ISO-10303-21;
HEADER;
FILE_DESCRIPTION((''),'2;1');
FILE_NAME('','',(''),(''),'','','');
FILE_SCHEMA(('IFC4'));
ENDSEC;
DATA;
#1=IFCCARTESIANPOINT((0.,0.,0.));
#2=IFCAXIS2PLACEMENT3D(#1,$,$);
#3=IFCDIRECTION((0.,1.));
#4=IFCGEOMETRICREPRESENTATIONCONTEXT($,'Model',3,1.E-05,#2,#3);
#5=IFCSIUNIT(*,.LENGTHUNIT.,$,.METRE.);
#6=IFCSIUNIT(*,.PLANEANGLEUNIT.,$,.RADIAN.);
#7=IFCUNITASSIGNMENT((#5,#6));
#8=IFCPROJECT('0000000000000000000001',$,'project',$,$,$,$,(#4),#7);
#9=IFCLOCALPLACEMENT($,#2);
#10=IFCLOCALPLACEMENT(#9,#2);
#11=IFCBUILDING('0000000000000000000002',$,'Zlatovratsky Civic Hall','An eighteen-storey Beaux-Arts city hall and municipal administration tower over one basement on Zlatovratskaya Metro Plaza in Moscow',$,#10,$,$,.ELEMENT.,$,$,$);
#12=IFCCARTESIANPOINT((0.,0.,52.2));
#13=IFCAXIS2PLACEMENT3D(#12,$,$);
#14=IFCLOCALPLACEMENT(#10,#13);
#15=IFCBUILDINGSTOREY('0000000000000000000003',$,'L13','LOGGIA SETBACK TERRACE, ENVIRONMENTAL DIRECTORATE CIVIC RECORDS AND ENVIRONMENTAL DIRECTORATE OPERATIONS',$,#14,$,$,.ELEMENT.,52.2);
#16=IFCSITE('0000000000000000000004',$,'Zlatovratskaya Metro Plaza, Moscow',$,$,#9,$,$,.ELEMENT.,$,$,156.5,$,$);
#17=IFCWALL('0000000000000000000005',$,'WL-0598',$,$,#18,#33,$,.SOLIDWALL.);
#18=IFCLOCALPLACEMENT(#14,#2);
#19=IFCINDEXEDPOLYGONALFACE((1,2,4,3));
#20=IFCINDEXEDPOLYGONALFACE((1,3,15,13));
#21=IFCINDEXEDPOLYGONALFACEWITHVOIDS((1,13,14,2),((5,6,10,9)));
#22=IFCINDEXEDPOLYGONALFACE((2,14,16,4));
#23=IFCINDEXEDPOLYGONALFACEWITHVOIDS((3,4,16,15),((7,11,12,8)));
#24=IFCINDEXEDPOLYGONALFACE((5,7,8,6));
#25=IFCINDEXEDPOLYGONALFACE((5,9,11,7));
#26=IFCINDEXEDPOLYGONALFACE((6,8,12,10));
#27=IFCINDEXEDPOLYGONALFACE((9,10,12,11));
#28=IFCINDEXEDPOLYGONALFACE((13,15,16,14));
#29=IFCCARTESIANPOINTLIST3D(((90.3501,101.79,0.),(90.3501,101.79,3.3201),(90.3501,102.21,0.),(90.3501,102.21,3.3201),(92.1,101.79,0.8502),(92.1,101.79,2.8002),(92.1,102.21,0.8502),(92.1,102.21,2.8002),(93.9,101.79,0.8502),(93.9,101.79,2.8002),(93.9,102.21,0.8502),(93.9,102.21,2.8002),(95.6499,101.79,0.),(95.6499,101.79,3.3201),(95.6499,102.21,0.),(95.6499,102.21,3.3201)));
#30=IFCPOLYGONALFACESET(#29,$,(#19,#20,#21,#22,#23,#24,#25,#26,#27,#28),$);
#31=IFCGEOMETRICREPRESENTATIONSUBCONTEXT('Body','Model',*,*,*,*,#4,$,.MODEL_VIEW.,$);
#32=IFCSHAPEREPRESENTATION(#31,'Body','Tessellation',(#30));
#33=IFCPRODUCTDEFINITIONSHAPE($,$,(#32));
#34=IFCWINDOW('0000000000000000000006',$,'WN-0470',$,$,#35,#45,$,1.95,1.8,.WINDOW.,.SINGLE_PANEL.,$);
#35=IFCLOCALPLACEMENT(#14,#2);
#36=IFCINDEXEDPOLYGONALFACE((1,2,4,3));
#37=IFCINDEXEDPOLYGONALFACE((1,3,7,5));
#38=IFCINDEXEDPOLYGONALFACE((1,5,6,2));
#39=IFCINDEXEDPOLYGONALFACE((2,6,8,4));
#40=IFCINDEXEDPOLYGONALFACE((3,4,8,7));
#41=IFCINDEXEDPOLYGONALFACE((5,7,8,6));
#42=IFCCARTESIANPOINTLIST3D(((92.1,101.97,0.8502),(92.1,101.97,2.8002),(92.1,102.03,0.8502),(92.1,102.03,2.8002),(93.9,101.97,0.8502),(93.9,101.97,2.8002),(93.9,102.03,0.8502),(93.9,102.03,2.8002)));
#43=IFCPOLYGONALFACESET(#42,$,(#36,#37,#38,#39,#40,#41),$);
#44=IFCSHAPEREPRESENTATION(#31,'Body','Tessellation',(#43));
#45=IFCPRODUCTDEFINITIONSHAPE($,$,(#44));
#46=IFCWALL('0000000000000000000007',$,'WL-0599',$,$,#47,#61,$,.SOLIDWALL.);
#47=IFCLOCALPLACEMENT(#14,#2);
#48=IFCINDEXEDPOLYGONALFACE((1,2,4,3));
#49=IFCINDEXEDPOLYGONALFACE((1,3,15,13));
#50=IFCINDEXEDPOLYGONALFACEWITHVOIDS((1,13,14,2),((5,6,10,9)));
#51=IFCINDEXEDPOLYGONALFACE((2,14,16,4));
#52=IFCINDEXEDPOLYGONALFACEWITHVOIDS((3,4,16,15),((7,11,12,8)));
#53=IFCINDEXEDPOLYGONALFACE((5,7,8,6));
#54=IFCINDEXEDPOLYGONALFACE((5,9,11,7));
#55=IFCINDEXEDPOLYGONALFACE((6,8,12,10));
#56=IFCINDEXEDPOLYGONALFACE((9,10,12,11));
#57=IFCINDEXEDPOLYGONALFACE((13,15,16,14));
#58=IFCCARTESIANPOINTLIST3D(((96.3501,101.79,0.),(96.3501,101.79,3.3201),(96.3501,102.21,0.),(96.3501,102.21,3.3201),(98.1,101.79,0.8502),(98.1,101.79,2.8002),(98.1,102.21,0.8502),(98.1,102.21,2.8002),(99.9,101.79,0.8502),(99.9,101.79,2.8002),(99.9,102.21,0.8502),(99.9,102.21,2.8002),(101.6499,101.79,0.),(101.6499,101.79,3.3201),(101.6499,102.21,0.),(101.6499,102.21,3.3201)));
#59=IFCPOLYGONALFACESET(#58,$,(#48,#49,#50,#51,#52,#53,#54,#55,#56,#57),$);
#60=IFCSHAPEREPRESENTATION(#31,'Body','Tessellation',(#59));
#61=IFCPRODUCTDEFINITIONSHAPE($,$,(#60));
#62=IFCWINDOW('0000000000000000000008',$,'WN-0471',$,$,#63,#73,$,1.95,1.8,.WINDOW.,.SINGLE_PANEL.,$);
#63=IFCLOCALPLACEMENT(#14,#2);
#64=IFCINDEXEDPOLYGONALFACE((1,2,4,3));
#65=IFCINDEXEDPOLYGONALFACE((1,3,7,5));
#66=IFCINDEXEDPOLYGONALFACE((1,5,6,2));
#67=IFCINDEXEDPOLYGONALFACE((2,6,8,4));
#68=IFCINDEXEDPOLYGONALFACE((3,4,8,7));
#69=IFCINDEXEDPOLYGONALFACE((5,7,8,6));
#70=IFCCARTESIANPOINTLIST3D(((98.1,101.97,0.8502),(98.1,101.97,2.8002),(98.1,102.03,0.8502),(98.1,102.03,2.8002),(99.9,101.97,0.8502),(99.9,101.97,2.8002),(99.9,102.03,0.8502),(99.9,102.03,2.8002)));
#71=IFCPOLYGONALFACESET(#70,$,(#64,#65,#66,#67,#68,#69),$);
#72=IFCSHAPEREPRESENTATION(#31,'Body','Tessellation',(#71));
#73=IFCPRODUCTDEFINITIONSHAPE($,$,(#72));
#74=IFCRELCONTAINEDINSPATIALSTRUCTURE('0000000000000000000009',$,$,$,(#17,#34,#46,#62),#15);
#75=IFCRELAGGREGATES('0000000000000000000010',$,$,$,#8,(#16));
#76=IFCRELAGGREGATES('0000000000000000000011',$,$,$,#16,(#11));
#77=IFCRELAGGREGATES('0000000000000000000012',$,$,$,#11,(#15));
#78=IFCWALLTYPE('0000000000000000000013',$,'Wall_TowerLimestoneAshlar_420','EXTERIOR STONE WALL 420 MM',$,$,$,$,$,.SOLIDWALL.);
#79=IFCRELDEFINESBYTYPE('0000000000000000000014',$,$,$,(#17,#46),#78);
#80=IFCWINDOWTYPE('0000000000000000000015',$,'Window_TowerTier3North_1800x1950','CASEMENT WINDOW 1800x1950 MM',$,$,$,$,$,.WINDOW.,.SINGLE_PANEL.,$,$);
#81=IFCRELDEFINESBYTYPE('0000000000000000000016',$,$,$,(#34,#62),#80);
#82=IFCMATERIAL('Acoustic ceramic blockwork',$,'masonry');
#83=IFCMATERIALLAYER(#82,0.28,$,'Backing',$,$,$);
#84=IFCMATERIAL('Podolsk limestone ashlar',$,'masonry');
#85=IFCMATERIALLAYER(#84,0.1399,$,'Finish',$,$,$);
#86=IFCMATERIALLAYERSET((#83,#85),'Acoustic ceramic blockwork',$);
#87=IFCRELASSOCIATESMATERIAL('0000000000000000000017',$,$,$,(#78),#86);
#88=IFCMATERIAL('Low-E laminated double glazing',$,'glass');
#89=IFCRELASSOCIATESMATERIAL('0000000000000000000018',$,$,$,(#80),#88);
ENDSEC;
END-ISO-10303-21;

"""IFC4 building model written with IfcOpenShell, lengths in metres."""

from ifc_helpers import new_model, si_unit, direction, frame, frame_2d, origin, place, context, subcontext, project, spatial, rectangle, extrude, material, layer, layer_set, type_object, element, fill, save


model = new_model("IFC4")

# Units and contexts
model_context = context("Model", 3, precision=1e-05, world=origin(), true_north=direction((0.0, 1.0)))
body_context = subcontext(model_context, "Body", "Model", "MODEL_VIEW")
ifc_project = project(units=[si_unit("LENGTHUNIT", "METRE"), si_unit("PLANEANGLEUNIT", "RADIAN")], contexts=[model_context])

# Site, building, storey
site_placement = place(None, origin())
site = spatial("IfcSite", under=ifc_project, at=site_placement, Name="Zlatovratskaya Metro Plaza, Moscow", CompositionType="ELEMENT", RefElevation=156.5)
building_placement = place(site_placement, origin())
building = spatial("IfcBuilding", under=site, at=building_placement, Name="Zlatovratsky Civic Hall", Description="An eighteen-storey Beaux-Arts city hall and municipal administration tower over one basement on Zlatovratskaya Metro Plaza in Moscow", CompositionType="ELEMENT")
storey_placement = place(building_placement, frame((0.0, 0.0, 52.2)))
storey = spatial("IfcBuildingStorey", under=building, at=storey_placement, Name="L13", Description="LOGGIA SETBACK TERRACE, ENVIRONMENTAL DIRECTORATE CIVIC RECORDS AND ENVIRONMENTAL DIRECTORATE OPERATIONS", CompositionType="ELEMENT", Elevation=52.2)

# Shared definitions
ifc_material_1 = material(Name="Acoustic ceramic blockwork", Category="masonry")

# Walls, openings, windows
ifc_layer_1 = layer(ifc_material_1, 0.28, Name="Backing")
ifc_material_2 = material(Name="Podolsk limestone ashlar", Category="masonry")
ifc_layer_2 = layer(ifc_material_2, 0.1399, Name="Finish")
ifc_layer_set_1 = layer_set([ifc_layer_1, ifc_layer_2], Name="Acoustic ceramic blockwork")
wall_type_1 = type_object("IfcWallType", Name="Wall_TowerLimestoneAshlar_420", Description="EXTERIOR STONE WALL 420 MM", PredefinedType="SOLIDWALL", material=ifc_layer_set_1)
wall_1_placement = place(storey_placement, frame((90.3501, 102.0, 0.0), z_axis=(0.0, 0.0, 1.0), x_axis=(1.0, 0.0, 0.0)))
wall_1 = element("IfcWall", 1, at=wall_1_placement, inside=storey, type_object=wall_type_1, Name="WL-0598", PredefinedType="SOLIDWALL", context=body_context, shape_type="SweptSolid", body=[
    extrude(rectangle(XDim=5.2998, YDim=0.4199, at=frame_2d((2.6499, 0.0))), origin(), (0.0, 0.0, 1.0), 3.3201),
])
opening_1_placement = place(wall_1_placement, frame((1.75, 0.0, 0.8501)))
opening_1 = element("IfcOpeningElement", 2, at=opening_1_placement, cuts=wall_1, PredefinedType="OPENING", context=body_context, shape_type="SweptSolid", body=[
    extrude(rectangle(XDim=1.8, YDim=1.95, at=frame_2d((0.8999, 0.9751))), frame((0.0, 0.2249, 0.0), z_axis=(0.0, -1.0, 0.0), x_axis=(1.0, 0.0, 0.0)), (0.0, 0.0, 1.0), 0.4497),
])
ifc_material_3 = material(Name="Low-E laminated double glazing", Category="glass")
window_type = type_object("IfcWindowType", Name="Window_TowerTier3North_1800x1950", Description="CASEMENT WINDOW 1800x1950 MM", PartitioningType="SINGLE_PANEL", PredefinedType="WINDOW", material=ifc_material_3)
window_1_placement = place(opening_1_placement, origin())
window_1 = element("IfcWindow", 3, at=window_1_placement, inside=storey, type_object=window_type, Name="WN-0470", OverallHeight=1.95, OverallWidth=1.8, PartitioningType="SINGLE_PANEL", PredefinedType="WINDOW", context=body_context, shape_type="SweptSolid", body=[
    extrude(rectangle(XDim=1.8, YDim=1.95, at=frame_2d((0.8999, 0.9751))), frame((0.0, 0.03, 0.0), z_axis=(0.0, -1.0, 0.0), x_axis=(1.0, 0.0, 0.0)), (0.0, 0.0, 1.0), 0.0601),
])
fill(opening_1, window_1)
wall_2_placement = place(storey_placement, frame((96.3501, 102.0, 0.0), z_axis=(0.0, 0.0, 1.0), x_axis=(1.0, 0.0, 0.0)))
wall_2 = element("IfcWall", 4, at=wall_2_placement, inside=storey, type_object=wall_type_1, Name="WL-0599", PredefinedType="SOLIDWALL", context=body_context, shape_type="SweptSolid", body=[
    extrude(rectangle(XDim=5.2998, YDim=0.4199, at=frame_2d((2.6499, 0.0))), origin(), (0.0, 0.0, 1.0), 3.3201),
])
opening_2_placement = place(wall_2_placement, frame((1.75, 0.0, 0.8501)))
opening_2 = element("IfcOpeningElement", 5, at=opening_2_placement, cuts=wall_2, PredefinedType="OPENING", context=body_context, shape_type="SweptSolid", body=[
    extrude(rectangle(XDim=1.8, YDim=1.95, at=frame_2d((0.8999, 0.9751))), frame((0.0, 0.2249, 0.0), z_axis=(0.0, -1.0, 0.0), x_axis=(1.0, 0.0, 0.0)), (0.0, 0.0, 1.0), 0.4497),
])
window_2_placement = place(opening_2_placement, origin())
window_2 = element("IfcWindow", 6, at=window_2_placement, inside=storey, type_object=window_type, Name="WN-0471", OverallHeight=1.95, OverallWidth=1.8, PartitioningType="SINGLE_PANEL", PredefinedType="WINDOW", context=body_context, shape_type="SweptSolid", body=[
    extrude(rectangle(XDim=1.8, YDim=1.95, at=frame_2d((0.8999, 0.9751))), frame((0.0, 0.03, 0.0), z_axis=(0.0, -1.0, 0.0), x_axis=(1.0, 0.0, 0.0)), (0.0, 0.0, 1.0), 0.0601),
])
fill(opening_2, window_2)

save(model, "model.ifc")
